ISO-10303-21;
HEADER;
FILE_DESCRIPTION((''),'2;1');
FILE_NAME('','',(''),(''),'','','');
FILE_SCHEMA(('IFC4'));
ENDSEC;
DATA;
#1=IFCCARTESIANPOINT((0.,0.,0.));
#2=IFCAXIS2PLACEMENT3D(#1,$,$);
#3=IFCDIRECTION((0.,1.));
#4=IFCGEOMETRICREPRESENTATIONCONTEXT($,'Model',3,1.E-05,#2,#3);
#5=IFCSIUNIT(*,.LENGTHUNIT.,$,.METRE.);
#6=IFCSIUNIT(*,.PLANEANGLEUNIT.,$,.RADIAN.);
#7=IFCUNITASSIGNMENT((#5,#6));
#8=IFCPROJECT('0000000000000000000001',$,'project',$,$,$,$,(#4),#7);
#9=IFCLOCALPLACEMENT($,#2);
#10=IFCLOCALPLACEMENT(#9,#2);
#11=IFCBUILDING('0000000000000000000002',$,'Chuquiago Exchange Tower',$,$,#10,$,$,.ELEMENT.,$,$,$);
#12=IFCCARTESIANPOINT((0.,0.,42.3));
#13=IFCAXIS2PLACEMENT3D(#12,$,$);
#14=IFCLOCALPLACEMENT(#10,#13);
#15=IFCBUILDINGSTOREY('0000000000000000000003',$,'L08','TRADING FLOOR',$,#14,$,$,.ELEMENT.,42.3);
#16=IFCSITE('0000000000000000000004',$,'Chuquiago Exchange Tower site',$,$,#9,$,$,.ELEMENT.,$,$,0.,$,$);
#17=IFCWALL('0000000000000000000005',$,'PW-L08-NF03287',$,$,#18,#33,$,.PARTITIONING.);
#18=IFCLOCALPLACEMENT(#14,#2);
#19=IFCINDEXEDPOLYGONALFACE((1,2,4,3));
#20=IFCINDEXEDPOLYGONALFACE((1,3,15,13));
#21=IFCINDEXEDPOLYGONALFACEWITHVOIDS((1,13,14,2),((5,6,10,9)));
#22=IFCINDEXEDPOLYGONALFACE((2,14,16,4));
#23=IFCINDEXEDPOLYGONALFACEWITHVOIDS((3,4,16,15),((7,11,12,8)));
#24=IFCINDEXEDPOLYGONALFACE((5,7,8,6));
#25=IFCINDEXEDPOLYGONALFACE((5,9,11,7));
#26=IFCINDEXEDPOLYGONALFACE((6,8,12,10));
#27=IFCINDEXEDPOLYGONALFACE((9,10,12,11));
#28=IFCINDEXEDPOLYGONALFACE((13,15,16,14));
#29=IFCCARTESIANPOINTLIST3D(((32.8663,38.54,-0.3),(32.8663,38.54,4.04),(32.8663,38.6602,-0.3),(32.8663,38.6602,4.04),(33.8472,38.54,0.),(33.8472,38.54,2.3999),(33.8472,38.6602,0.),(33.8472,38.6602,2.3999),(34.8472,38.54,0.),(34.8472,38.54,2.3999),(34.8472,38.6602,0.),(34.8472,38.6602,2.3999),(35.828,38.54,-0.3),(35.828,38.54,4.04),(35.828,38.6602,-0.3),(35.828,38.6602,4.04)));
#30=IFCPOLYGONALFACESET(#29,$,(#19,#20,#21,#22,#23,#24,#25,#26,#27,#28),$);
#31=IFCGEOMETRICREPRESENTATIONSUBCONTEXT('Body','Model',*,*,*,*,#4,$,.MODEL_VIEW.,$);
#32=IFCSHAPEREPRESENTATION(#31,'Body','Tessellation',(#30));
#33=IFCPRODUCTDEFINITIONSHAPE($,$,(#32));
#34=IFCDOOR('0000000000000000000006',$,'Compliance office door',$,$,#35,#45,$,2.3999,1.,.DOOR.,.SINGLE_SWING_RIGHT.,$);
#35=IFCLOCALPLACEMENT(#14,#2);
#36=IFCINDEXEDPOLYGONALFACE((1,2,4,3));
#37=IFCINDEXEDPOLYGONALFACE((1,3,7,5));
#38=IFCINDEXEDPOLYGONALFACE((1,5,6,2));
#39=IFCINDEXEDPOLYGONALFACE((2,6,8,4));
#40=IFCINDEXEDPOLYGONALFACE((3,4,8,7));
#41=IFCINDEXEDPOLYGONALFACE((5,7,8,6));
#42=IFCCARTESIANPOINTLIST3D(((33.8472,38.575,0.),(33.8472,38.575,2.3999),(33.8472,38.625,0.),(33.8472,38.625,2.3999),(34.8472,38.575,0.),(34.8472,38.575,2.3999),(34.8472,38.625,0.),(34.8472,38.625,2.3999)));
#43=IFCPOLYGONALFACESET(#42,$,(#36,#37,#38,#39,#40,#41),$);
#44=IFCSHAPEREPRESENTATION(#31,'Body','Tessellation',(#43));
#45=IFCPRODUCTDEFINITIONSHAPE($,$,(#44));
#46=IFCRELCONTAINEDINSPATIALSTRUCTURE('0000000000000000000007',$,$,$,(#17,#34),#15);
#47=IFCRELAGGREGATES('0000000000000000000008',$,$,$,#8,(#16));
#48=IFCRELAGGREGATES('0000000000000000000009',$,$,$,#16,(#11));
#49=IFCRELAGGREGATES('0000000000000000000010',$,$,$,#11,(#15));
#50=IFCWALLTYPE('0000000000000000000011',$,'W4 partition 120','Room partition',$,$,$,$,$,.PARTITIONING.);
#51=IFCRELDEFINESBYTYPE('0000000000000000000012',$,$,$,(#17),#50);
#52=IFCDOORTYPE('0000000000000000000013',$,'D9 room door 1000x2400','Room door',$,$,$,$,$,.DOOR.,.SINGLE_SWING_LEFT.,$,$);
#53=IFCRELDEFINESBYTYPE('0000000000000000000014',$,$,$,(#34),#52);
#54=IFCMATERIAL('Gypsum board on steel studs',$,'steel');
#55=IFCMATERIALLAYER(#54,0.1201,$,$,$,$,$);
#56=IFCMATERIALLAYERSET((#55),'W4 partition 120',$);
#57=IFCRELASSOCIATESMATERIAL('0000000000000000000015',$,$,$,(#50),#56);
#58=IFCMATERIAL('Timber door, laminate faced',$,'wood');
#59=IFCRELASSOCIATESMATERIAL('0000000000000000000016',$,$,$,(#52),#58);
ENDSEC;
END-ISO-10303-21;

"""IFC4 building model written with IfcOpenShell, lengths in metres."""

from ifc_helpers import new_model, si_unit, direction, frame, frame_2d, origin, place, context, subcontext, project, spatial, rectangle, extrude, material, layer, layer_set, type_object, element, fill, save


model = new_model("IFC4")

# Units and contexts
model_context = context("Model", 3, precision=1e-05, world=origin(), true_north=direction((0.0, 1.0)))
body_context = subcontext(model_context, "Body", "Model", "MODEL_VIEW")
ifc_project = project(units=[si_unit("LENGTHUNIT", "METRE"), si_unit("PLANEANGLEUNIT", "RADIAN")], contexts=[model_context])

# Site, building, storey
site_placement = place(None, origin())
site = spatial("IfcSite", under=ifc_project, at=site_placement, Name="Chuquiago Exchange Tower site", CompositionType="ELEMENT", RefElevation=0.0)
building_placement = place(site_placement, origin())
building = spatial("IfcBuilding", under=site, at=building_placement, Name="Chuquiago Exchange Tower", CompositionType="ELEMENT")
storey_placement = place(building_placement, frame((0.0, 0.0, 42.3)))
storey = spatial("IfcBuildingStorey", under=building, at=storey_placement, Name="L08", Description="TRADING FLOOR", CompositionType="ELEMENT", Elevation=42.3)

# Shared definitions
ifc_material_1 = material(Name="Gypsum board on steel studs", Category="steel")
ifc_layer_1 = layer(ifc_material_1, 0.1201)
ifc_layer_set_1 = layer_set([ifc_layer_1], Name="W4 partition 120")
wall_type_1 = type_object("IfcWallType", Name="W4 partition 120", Description="Room partition", PredefinedType="PARTITIONING", material=ifc_layer_set_1)

# Wall, opening, door
ifc_material_2 = material(Name="Timber door, laminate faced", Category="wood")
door_type = type_object("IfcDoorType", Name="D9 room door 1000x2400", Description="Room door", OperationType="SINGLE_SWING_LEFT", PredefinedType="DOOR", material=ifc_material_2)
wall_1_placement = place(storey_placement, frame((32.8662, 38.6001, -0.3), z_axis=(0.0, 0.0, 1.0), x_axis=(1.0, 0.0, 0.0)))
wall_1 = element("IfcWall", 1, at=wall_1_placement, inside=storey, type_object=wall_type_1, Name="PW-L08-NF03287", PredefinedType="PARTITIONING", context=body_context, shape_type="SweptSolid", body=[
    extrude(rectangle(XDim=2.9617, YDim=0.1201, at=frame_2d((1.481, 0.0))), origin(), (0.0, 0.0, 1.0), 4.3401),
])
opening_1_placement = place(wall_1_placement, frame((0.981, 0.0, 0.3)))
opening_1 = element("IfcOpeningElement", 2, at=opening_1_placement, cuts=wall_1, PredefinedType="OPENING", context=body_context, shape_type="SweptSolid", body=[
    extrude(rectangle(XDim=1.0, YDim=2.3999, at=frame_2d((0.5, 1.2))), frame((0.0, 0.0701, 0.0), z_axis=(0.0, -1.0, 0.0), x_axis=(1.0, 0.0, 0.0)), (0.0, 0.0, 1.0), 0.1401),
])
door_1_placement = place(opening_1_placement, origin())
door_1 = element("IfcDoor", 3, at=door_1_placement, inside=storey, type_object=door_type, Name="Compliance office door", OperationType="SINGLE_SWING_RIGHT", OverallHeight=2.3999, OverallWidth=1.0, PredefinedType="DOOR", context=body_context, shape_type="SweptSolid", body=[
    extrude(rectangle(XDim=1.0, YDim=2.3999, at=frame_2d((0.5, 1.2))), frame((0.0, 0.0249, 0.0), z_axis=(0.0, -1.0, 0.0), x_axis=(1.0, 0.0, 0.0)), (0.0, 0.0, 1.0), 0.05),
])
fill(opening_1, door_1)

save(model, "model.ifc")
